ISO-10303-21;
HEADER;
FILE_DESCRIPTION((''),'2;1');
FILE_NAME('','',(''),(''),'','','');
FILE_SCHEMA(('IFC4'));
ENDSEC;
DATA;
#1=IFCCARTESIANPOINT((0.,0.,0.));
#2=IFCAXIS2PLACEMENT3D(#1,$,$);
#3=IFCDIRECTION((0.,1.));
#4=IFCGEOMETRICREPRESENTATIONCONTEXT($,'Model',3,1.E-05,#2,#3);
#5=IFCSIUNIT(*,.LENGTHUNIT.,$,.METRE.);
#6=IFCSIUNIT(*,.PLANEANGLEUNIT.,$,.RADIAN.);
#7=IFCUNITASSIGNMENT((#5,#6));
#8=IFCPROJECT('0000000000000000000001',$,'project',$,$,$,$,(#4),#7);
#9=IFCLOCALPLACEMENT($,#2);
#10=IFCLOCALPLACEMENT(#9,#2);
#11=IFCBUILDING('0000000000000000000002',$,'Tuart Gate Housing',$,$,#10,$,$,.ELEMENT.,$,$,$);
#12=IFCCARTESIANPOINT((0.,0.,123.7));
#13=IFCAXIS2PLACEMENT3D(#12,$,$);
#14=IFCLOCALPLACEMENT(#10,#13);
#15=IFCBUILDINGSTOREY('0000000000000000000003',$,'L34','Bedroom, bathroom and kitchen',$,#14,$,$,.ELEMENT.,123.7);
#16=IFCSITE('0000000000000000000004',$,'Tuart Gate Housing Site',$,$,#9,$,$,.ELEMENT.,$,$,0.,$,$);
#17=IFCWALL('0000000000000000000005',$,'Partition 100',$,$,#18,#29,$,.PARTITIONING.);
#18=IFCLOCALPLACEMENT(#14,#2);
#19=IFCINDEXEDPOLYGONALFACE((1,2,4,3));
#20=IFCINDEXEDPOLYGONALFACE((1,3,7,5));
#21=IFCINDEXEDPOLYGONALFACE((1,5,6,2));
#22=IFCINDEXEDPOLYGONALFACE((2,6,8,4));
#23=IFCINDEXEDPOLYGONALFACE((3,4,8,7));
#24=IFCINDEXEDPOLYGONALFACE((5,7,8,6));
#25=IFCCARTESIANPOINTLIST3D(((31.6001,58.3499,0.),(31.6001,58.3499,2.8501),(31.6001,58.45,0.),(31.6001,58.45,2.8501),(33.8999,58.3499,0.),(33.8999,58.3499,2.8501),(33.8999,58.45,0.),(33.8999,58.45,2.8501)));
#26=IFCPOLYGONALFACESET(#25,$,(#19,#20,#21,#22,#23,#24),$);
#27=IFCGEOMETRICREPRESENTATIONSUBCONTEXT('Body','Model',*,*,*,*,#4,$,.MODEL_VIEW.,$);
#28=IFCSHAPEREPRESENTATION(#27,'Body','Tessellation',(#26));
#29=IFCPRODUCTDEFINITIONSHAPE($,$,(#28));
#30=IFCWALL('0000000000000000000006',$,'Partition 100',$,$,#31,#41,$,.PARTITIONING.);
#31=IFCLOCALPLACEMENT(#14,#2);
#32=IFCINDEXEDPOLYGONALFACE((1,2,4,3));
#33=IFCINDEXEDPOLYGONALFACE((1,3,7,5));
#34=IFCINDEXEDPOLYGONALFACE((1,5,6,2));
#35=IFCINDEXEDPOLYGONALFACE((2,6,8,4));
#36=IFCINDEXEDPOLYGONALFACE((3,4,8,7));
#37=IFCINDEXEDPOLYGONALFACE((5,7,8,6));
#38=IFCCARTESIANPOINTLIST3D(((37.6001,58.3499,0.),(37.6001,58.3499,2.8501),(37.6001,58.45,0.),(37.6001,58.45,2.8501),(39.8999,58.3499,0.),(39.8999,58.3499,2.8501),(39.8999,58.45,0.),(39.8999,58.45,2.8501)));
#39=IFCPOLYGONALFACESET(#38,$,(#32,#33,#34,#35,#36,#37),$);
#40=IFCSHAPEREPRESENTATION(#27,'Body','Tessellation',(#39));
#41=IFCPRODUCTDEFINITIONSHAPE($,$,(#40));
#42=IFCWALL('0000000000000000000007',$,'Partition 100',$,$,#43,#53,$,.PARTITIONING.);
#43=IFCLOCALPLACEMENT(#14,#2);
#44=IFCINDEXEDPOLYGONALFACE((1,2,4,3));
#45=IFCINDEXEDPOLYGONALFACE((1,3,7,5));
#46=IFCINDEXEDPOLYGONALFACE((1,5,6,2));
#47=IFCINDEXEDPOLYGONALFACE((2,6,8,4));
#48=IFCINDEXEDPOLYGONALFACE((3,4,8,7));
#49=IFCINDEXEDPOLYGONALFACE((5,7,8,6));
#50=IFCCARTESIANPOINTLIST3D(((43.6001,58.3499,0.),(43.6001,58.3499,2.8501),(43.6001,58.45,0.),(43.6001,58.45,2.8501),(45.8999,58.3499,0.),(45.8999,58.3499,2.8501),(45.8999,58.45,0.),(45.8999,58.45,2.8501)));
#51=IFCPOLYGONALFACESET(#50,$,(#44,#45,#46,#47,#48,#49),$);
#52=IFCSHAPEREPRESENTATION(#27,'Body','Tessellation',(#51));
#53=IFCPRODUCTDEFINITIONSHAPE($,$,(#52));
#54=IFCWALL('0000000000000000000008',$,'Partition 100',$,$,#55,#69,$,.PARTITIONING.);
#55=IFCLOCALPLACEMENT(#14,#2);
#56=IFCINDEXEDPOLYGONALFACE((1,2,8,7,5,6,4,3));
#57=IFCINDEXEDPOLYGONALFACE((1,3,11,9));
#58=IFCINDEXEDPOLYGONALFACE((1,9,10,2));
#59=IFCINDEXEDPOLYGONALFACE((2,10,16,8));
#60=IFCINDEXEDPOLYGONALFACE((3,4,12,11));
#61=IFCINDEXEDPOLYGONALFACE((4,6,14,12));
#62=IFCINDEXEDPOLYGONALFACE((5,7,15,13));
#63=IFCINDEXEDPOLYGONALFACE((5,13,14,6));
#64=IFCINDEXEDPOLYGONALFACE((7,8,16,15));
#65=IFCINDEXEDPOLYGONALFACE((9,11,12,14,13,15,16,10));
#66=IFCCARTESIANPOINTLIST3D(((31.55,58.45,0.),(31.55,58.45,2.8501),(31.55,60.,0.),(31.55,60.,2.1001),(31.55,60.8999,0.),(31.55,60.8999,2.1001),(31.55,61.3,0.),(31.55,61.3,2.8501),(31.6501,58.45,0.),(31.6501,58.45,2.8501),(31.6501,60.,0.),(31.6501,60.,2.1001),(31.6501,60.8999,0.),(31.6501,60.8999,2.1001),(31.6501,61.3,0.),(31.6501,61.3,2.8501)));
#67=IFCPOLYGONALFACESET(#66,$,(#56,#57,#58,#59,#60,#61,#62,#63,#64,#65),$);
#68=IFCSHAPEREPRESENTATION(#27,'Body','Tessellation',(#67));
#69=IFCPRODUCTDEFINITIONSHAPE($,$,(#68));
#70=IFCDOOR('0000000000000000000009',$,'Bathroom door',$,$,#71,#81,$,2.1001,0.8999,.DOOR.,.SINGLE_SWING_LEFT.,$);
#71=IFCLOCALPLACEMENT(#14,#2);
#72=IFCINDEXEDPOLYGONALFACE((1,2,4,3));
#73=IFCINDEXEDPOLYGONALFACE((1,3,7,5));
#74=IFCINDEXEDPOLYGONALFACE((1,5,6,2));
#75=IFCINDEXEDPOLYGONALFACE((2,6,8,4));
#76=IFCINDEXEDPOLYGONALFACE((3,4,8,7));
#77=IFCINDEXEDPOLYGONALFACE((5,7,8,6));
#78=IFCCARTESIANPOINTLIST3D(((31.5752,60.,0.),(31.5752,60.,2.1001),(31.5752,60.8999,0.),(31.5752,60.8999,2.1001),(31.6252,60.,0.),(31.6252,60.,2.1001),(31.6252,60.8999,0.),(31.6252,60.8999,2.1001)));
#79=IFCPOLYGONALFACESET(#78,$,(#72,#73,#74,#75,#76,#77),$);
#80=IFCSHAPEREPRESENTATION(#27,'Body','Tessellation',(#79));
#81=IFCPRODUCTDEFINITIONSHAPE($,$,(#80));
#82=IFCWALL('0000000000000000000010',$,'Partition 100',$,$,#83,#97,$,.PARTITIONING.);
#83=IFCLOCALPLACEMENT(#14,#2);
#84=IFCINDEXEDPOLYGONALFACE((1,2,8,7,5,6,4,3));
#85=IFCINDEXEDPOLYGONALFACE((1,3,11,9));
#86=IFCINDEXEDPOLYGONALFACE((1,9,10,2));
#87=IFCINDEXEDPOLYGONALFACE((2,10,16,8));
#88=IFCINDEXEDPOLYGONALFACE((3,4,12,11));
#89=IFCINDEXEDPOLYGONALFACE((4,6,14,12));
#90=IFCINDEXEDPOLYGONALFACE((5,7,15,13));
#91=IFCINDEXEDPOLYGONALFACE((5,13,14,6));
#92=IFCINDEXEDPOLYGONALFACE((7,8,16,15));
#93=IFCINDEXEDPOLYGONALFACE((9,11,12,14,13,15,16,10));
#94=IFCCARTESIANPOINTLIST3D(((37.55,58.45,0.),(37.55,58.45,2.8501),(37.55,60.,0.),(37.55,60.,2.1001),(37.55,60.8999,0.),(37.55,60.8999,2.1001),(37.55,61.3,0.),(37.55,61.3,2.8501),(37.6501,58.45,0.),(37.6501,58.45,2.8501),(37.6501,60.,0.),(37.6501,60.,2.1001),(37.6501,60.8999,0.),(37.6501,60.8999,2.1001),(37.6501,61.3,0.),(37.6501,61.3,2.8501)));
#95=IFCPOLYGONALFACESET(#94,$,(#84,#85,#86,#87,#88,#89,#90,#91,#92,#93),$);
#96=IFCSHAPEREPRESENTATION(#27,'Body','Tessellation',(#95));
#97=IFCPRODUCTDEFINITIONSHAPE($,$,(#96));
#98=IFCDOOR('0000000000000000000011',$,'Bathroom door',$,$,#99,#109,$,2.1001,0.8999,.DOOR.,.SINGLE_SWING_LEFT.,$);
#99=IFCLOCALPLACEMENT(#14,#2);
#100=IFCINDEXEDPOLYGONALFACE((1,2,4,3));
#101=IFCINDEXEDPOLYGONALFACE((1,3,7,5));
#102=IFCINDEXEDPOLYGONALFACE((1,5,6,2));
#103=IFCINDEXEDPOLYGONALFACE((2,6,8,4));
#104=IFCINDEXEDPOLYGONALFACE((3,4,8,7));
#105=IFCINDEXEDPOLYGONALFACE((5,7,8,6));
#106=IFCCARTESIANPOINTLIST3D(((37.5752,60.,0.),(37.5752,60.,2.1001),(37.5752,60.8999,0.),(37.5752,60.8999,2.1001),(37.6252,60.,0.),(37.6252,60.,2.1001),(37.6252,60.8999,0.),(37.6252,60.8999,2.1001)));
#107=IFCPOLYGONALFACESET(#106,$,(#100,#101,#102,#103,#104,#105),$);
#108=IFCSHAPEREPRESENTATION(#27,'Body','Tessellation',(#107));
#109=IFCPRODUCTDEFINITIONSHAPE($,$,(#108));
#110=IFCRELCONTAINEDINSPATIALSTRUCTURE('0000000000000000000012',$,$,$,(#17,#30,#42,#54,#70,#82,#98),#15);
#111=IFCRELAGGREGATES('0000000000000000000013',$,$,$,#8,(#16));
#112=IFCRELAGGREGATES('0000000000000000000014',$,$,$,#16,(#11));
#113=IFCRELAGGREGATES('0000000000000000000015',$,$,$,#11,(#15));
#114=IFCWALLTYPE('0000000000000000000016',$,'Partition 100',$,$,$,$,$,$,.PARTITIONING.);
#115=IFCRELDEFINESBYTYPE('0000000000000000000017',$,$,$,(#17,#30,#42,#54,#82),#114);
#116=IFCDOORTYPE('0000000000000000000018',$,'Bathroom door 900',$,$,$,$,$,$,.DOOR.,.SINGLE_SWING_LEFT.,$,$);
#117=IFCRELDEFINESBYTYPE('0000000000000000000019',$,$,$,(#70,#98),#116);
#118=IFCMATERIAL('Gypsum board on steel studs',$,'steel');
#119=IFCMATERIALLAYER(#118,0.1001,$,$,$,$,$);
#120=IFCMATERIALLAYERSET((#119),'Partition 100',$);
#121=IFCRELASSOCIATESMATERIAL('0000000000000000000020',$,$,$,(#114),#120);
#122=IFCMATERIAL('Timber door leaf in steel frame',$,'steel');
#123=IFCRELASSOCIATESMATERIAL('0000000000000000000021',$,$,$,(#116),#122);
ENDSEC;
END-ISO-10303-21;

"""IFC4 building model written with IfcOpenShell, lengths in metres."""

from ifc_helpers import new_model, si_unit, direction, frame, frame_2d, origin, place, context, subcontext, project, spatial, rectangle, extrude, material, layer, layer_set, type_object, element, fill, save


model = new_model("IFC4")

# Units and contexts
model_context = context("Model", 3, precision=1e-05, world=origin(), true_north=direction((0.0, 1.0)))
body_context = subcontext(model_context, "Body", "Model", "MODEL_VIEW")
ifc_project = project(units=[si_unit("LENGTHUNIT", "METRE"), si_unit("PLANEANGLEUNIT", "RADIAN")], contexts=[model_context])

# Site, building, storey
site_placement = place(None, origin())
site = spatial("IfcSite", under=ifc_project, at=site_placement, Name="Tuart Gate Housing Site", CompositionType="ELEMENT", RefElevation=0.0)
building_placement = place(site_placement, origin())
building = spatial("IfcBuilding", under=site, at=building_placement, Name="Tuart Gate Housing", CompositionType="ELEMENT")
storey_placement = place(building_placement, frame((0.0, 0.0, 123.7)))
storey = spatial("IfcBuildingStorey", under=building, at=storey_placement, Name="L34", Description="Bedroom, bathroom and kitchen", CompositionType="ELEMENT", Elevation=123.7)

# Walls
ifc_material_1 = material(Name="Gypsum board on steel studs", Category="steel")
ifc_layer_1 = layer(ifc_material_1, 0.1001)
ifc_layer_set_1 = layer_set([ifc_layer_1], Name="Partition 100")
wall_type_1 = type_object("IfcWallType", Name="Partition 100", PredefinedType="PARTITIONING", material=ifc_layer_set_1)
for number, where, z_axis, x_axis, name in (
    (1, (31.6001, 58.3999, 0.0), (0.0, 0.0, 1.0), (1.0, 0.0, 0.0), "Partition 100"),
    (2, (37.6001, 58.3999, 0.0), (0.0, 0.0, 1.0), (1.0, 0.0, 0.0), "Partition 100"),
    (3, (43.6001, 58.3999, 0.0), (0.0, 0.0, 1.0), (1.0, 0.0, 0.0), "Partition 100"),
):
    element("IfcWall", number, at=place(storey_placement, frame(where, z_axis=z_axis, x_axis=x_axis)), inside=storey, type_object=wall_type_1, Name=name, PredefinedType="PARTITIONING", context=body_context, shape_type="SweptSolid", body=[
        extrude(rectangle(XDim=2.2998, YDim=0.1001, at=frame_2d((1.1499, 0.0))), origin(), (0.0, 0.0, 1.0), 2.8501),
    ])

# Walls, openings, doors
wall_1_placement = place(storey_placement, frame((31.6001, 58.45, 0.0), z_axis=(0.0, 0.0, 1.0), x_axis=(0.0, 1.0, 0.0)))
wall_1 = element("IfcWall", 4, at=wall_1_placement, inside=storey, type_object=wall_type_1, Name="Partition 100", PredefinedType="PARTITIONING", context=body_context, shape_type="SweptSolid", body=[
    extrude(rectangle(XDim=2.8501, YDim=0.1001, at=frame_2d((1.425, 0.0))), origin(), (0.0, 0.0, 1.0), 2.8501),
])
opening_1_placement = place(wall_1_placement, frame((1.55, 0.0, 0.0)))
opening_1 = element("IfcOpeningElement", 5, at=opening_1_placement, cuts=wall_1, PredefinedType="OPENING", context=body_context, shape_type="SweptSolid", body=[
    extrude(rectangle(XDim=0.8999, YDim=2.1001, at=frame_2d((0.45, 1.05))), frame((0.0, 0.0601, 0.0), z_axis=(0.0, -1.0, 0.0), x_axis=(1.0, 0.0, 0.0)), (0.0, 0.0, 1.0), 0.1201),
])
ifc_material_2 = material(Name="Timber door leaf in steel frame", Category="steel")
door_type_1 = type_object("IfcDoorType", Name="Bathroom door 900", OperationType="SINGLE_SWING_LEFT", PredefinedType="DOOR", material=ifc_material_2)
door_1_placement = place(opening_1_placement, frame((0.8999, 0.0, 0.0), z_axis=(0.0, 0.0, 1.0), x_axis=(-1.0, 0.0, 0.0)))
door_1 = element("IfcDoor", 6, at=door_1_placement, inside=storey, type_object=door_type_1, Name="Bathroom door", OperationType="SINGLE_SWING_LEFT", OverallHeight=2.1001, OverallWidth=0.8999, PredefinedType="DOOR", context=body_context, shape_type="SweptSolid", body=[
    extrude(rectangle(XDim=0.8999, YDim=2.1001, at=frame_2d((0.45, 1.05))), frame((0.0, 0.0251, 0.0), z_axis=(0.0, -1.0, 0.0), x_axis=(1.0, 0.0, 0.0)), (0.0, 0.0, 1.0), 0.05),
])
fill(opening_1, door_1)
wall_2_placement = place(storey_placement, frame((37.6001, 58.45, 0.0), z_axis=(0.0, 0.0, 1.0), x_axis=(0.0, 1.0, 0.0)))
wall_2 = element("IfcWall", 7, at=wall_2_placement, inside=storey, type_object=wall_type_1, Name="Partition 100", PredefinedType="PARTITIONING", context=body_context, shape_type="SweptSolid", body=[
    extrude(rectangle(XDim=2.8501, YDim=0.1001, at=frame_2d((1.425, 0.0))), origin(), (0.0, 0.0, 1.0), 2.8501),
])
opening_2_placement = place(wall_2_placement, frame((1.55, 0.0, 0.0)))
opening_2 = element("IfcOpeningElement", 8, at=opening_2_placement, cuts=wall_2, PredefinedType="OPENING", context=body_context, shape_type="SweptSolid", body=[
    extrude(rectangle(XDim=0.8999, YDim=2.1001, at=frame_2d((0.45, 1.05))), frame((0.0, 0.0601, 0.0), z_axis=(0.0, -1.0, 0.0), x_axis=(1.0, 0.0, 0.0)), (0.0, 0.0, 1.0), 0.1201),
])
door_2_placement = place(opening_2_placement, frame((0.8999, 0.0, 0.0), z_axis=(0.0, 0.0, 1.0), x_axis=(-1.0, 0.0, 0.0)))
door_2 = element("IfcDoor", 9, at=door_2_placement, inside=storey, type_object=door_type_1, Name="Bathroom door", OperationType="SINGLE_SWING_LEFT", OverallHeight=2.1001, OverallWidth=0.8999, PredefinedType="DOOR", context=body_context, shape_type="SweptSolid", body=[
    extrude(rectangle(XDim=0.8999, YDim=2.1001, at=frame_2d((0.45, 1.05))), frame((0.0, 0.0251, 0.0), z_axis=(0.0, -1.0, 0.0), x_axis=(1.0, 0.0, 0.0)), (0.0, 0.0, 1.0), 0.05),
])
fill(opening_2, door_2)

save(model, "model.ifc")
